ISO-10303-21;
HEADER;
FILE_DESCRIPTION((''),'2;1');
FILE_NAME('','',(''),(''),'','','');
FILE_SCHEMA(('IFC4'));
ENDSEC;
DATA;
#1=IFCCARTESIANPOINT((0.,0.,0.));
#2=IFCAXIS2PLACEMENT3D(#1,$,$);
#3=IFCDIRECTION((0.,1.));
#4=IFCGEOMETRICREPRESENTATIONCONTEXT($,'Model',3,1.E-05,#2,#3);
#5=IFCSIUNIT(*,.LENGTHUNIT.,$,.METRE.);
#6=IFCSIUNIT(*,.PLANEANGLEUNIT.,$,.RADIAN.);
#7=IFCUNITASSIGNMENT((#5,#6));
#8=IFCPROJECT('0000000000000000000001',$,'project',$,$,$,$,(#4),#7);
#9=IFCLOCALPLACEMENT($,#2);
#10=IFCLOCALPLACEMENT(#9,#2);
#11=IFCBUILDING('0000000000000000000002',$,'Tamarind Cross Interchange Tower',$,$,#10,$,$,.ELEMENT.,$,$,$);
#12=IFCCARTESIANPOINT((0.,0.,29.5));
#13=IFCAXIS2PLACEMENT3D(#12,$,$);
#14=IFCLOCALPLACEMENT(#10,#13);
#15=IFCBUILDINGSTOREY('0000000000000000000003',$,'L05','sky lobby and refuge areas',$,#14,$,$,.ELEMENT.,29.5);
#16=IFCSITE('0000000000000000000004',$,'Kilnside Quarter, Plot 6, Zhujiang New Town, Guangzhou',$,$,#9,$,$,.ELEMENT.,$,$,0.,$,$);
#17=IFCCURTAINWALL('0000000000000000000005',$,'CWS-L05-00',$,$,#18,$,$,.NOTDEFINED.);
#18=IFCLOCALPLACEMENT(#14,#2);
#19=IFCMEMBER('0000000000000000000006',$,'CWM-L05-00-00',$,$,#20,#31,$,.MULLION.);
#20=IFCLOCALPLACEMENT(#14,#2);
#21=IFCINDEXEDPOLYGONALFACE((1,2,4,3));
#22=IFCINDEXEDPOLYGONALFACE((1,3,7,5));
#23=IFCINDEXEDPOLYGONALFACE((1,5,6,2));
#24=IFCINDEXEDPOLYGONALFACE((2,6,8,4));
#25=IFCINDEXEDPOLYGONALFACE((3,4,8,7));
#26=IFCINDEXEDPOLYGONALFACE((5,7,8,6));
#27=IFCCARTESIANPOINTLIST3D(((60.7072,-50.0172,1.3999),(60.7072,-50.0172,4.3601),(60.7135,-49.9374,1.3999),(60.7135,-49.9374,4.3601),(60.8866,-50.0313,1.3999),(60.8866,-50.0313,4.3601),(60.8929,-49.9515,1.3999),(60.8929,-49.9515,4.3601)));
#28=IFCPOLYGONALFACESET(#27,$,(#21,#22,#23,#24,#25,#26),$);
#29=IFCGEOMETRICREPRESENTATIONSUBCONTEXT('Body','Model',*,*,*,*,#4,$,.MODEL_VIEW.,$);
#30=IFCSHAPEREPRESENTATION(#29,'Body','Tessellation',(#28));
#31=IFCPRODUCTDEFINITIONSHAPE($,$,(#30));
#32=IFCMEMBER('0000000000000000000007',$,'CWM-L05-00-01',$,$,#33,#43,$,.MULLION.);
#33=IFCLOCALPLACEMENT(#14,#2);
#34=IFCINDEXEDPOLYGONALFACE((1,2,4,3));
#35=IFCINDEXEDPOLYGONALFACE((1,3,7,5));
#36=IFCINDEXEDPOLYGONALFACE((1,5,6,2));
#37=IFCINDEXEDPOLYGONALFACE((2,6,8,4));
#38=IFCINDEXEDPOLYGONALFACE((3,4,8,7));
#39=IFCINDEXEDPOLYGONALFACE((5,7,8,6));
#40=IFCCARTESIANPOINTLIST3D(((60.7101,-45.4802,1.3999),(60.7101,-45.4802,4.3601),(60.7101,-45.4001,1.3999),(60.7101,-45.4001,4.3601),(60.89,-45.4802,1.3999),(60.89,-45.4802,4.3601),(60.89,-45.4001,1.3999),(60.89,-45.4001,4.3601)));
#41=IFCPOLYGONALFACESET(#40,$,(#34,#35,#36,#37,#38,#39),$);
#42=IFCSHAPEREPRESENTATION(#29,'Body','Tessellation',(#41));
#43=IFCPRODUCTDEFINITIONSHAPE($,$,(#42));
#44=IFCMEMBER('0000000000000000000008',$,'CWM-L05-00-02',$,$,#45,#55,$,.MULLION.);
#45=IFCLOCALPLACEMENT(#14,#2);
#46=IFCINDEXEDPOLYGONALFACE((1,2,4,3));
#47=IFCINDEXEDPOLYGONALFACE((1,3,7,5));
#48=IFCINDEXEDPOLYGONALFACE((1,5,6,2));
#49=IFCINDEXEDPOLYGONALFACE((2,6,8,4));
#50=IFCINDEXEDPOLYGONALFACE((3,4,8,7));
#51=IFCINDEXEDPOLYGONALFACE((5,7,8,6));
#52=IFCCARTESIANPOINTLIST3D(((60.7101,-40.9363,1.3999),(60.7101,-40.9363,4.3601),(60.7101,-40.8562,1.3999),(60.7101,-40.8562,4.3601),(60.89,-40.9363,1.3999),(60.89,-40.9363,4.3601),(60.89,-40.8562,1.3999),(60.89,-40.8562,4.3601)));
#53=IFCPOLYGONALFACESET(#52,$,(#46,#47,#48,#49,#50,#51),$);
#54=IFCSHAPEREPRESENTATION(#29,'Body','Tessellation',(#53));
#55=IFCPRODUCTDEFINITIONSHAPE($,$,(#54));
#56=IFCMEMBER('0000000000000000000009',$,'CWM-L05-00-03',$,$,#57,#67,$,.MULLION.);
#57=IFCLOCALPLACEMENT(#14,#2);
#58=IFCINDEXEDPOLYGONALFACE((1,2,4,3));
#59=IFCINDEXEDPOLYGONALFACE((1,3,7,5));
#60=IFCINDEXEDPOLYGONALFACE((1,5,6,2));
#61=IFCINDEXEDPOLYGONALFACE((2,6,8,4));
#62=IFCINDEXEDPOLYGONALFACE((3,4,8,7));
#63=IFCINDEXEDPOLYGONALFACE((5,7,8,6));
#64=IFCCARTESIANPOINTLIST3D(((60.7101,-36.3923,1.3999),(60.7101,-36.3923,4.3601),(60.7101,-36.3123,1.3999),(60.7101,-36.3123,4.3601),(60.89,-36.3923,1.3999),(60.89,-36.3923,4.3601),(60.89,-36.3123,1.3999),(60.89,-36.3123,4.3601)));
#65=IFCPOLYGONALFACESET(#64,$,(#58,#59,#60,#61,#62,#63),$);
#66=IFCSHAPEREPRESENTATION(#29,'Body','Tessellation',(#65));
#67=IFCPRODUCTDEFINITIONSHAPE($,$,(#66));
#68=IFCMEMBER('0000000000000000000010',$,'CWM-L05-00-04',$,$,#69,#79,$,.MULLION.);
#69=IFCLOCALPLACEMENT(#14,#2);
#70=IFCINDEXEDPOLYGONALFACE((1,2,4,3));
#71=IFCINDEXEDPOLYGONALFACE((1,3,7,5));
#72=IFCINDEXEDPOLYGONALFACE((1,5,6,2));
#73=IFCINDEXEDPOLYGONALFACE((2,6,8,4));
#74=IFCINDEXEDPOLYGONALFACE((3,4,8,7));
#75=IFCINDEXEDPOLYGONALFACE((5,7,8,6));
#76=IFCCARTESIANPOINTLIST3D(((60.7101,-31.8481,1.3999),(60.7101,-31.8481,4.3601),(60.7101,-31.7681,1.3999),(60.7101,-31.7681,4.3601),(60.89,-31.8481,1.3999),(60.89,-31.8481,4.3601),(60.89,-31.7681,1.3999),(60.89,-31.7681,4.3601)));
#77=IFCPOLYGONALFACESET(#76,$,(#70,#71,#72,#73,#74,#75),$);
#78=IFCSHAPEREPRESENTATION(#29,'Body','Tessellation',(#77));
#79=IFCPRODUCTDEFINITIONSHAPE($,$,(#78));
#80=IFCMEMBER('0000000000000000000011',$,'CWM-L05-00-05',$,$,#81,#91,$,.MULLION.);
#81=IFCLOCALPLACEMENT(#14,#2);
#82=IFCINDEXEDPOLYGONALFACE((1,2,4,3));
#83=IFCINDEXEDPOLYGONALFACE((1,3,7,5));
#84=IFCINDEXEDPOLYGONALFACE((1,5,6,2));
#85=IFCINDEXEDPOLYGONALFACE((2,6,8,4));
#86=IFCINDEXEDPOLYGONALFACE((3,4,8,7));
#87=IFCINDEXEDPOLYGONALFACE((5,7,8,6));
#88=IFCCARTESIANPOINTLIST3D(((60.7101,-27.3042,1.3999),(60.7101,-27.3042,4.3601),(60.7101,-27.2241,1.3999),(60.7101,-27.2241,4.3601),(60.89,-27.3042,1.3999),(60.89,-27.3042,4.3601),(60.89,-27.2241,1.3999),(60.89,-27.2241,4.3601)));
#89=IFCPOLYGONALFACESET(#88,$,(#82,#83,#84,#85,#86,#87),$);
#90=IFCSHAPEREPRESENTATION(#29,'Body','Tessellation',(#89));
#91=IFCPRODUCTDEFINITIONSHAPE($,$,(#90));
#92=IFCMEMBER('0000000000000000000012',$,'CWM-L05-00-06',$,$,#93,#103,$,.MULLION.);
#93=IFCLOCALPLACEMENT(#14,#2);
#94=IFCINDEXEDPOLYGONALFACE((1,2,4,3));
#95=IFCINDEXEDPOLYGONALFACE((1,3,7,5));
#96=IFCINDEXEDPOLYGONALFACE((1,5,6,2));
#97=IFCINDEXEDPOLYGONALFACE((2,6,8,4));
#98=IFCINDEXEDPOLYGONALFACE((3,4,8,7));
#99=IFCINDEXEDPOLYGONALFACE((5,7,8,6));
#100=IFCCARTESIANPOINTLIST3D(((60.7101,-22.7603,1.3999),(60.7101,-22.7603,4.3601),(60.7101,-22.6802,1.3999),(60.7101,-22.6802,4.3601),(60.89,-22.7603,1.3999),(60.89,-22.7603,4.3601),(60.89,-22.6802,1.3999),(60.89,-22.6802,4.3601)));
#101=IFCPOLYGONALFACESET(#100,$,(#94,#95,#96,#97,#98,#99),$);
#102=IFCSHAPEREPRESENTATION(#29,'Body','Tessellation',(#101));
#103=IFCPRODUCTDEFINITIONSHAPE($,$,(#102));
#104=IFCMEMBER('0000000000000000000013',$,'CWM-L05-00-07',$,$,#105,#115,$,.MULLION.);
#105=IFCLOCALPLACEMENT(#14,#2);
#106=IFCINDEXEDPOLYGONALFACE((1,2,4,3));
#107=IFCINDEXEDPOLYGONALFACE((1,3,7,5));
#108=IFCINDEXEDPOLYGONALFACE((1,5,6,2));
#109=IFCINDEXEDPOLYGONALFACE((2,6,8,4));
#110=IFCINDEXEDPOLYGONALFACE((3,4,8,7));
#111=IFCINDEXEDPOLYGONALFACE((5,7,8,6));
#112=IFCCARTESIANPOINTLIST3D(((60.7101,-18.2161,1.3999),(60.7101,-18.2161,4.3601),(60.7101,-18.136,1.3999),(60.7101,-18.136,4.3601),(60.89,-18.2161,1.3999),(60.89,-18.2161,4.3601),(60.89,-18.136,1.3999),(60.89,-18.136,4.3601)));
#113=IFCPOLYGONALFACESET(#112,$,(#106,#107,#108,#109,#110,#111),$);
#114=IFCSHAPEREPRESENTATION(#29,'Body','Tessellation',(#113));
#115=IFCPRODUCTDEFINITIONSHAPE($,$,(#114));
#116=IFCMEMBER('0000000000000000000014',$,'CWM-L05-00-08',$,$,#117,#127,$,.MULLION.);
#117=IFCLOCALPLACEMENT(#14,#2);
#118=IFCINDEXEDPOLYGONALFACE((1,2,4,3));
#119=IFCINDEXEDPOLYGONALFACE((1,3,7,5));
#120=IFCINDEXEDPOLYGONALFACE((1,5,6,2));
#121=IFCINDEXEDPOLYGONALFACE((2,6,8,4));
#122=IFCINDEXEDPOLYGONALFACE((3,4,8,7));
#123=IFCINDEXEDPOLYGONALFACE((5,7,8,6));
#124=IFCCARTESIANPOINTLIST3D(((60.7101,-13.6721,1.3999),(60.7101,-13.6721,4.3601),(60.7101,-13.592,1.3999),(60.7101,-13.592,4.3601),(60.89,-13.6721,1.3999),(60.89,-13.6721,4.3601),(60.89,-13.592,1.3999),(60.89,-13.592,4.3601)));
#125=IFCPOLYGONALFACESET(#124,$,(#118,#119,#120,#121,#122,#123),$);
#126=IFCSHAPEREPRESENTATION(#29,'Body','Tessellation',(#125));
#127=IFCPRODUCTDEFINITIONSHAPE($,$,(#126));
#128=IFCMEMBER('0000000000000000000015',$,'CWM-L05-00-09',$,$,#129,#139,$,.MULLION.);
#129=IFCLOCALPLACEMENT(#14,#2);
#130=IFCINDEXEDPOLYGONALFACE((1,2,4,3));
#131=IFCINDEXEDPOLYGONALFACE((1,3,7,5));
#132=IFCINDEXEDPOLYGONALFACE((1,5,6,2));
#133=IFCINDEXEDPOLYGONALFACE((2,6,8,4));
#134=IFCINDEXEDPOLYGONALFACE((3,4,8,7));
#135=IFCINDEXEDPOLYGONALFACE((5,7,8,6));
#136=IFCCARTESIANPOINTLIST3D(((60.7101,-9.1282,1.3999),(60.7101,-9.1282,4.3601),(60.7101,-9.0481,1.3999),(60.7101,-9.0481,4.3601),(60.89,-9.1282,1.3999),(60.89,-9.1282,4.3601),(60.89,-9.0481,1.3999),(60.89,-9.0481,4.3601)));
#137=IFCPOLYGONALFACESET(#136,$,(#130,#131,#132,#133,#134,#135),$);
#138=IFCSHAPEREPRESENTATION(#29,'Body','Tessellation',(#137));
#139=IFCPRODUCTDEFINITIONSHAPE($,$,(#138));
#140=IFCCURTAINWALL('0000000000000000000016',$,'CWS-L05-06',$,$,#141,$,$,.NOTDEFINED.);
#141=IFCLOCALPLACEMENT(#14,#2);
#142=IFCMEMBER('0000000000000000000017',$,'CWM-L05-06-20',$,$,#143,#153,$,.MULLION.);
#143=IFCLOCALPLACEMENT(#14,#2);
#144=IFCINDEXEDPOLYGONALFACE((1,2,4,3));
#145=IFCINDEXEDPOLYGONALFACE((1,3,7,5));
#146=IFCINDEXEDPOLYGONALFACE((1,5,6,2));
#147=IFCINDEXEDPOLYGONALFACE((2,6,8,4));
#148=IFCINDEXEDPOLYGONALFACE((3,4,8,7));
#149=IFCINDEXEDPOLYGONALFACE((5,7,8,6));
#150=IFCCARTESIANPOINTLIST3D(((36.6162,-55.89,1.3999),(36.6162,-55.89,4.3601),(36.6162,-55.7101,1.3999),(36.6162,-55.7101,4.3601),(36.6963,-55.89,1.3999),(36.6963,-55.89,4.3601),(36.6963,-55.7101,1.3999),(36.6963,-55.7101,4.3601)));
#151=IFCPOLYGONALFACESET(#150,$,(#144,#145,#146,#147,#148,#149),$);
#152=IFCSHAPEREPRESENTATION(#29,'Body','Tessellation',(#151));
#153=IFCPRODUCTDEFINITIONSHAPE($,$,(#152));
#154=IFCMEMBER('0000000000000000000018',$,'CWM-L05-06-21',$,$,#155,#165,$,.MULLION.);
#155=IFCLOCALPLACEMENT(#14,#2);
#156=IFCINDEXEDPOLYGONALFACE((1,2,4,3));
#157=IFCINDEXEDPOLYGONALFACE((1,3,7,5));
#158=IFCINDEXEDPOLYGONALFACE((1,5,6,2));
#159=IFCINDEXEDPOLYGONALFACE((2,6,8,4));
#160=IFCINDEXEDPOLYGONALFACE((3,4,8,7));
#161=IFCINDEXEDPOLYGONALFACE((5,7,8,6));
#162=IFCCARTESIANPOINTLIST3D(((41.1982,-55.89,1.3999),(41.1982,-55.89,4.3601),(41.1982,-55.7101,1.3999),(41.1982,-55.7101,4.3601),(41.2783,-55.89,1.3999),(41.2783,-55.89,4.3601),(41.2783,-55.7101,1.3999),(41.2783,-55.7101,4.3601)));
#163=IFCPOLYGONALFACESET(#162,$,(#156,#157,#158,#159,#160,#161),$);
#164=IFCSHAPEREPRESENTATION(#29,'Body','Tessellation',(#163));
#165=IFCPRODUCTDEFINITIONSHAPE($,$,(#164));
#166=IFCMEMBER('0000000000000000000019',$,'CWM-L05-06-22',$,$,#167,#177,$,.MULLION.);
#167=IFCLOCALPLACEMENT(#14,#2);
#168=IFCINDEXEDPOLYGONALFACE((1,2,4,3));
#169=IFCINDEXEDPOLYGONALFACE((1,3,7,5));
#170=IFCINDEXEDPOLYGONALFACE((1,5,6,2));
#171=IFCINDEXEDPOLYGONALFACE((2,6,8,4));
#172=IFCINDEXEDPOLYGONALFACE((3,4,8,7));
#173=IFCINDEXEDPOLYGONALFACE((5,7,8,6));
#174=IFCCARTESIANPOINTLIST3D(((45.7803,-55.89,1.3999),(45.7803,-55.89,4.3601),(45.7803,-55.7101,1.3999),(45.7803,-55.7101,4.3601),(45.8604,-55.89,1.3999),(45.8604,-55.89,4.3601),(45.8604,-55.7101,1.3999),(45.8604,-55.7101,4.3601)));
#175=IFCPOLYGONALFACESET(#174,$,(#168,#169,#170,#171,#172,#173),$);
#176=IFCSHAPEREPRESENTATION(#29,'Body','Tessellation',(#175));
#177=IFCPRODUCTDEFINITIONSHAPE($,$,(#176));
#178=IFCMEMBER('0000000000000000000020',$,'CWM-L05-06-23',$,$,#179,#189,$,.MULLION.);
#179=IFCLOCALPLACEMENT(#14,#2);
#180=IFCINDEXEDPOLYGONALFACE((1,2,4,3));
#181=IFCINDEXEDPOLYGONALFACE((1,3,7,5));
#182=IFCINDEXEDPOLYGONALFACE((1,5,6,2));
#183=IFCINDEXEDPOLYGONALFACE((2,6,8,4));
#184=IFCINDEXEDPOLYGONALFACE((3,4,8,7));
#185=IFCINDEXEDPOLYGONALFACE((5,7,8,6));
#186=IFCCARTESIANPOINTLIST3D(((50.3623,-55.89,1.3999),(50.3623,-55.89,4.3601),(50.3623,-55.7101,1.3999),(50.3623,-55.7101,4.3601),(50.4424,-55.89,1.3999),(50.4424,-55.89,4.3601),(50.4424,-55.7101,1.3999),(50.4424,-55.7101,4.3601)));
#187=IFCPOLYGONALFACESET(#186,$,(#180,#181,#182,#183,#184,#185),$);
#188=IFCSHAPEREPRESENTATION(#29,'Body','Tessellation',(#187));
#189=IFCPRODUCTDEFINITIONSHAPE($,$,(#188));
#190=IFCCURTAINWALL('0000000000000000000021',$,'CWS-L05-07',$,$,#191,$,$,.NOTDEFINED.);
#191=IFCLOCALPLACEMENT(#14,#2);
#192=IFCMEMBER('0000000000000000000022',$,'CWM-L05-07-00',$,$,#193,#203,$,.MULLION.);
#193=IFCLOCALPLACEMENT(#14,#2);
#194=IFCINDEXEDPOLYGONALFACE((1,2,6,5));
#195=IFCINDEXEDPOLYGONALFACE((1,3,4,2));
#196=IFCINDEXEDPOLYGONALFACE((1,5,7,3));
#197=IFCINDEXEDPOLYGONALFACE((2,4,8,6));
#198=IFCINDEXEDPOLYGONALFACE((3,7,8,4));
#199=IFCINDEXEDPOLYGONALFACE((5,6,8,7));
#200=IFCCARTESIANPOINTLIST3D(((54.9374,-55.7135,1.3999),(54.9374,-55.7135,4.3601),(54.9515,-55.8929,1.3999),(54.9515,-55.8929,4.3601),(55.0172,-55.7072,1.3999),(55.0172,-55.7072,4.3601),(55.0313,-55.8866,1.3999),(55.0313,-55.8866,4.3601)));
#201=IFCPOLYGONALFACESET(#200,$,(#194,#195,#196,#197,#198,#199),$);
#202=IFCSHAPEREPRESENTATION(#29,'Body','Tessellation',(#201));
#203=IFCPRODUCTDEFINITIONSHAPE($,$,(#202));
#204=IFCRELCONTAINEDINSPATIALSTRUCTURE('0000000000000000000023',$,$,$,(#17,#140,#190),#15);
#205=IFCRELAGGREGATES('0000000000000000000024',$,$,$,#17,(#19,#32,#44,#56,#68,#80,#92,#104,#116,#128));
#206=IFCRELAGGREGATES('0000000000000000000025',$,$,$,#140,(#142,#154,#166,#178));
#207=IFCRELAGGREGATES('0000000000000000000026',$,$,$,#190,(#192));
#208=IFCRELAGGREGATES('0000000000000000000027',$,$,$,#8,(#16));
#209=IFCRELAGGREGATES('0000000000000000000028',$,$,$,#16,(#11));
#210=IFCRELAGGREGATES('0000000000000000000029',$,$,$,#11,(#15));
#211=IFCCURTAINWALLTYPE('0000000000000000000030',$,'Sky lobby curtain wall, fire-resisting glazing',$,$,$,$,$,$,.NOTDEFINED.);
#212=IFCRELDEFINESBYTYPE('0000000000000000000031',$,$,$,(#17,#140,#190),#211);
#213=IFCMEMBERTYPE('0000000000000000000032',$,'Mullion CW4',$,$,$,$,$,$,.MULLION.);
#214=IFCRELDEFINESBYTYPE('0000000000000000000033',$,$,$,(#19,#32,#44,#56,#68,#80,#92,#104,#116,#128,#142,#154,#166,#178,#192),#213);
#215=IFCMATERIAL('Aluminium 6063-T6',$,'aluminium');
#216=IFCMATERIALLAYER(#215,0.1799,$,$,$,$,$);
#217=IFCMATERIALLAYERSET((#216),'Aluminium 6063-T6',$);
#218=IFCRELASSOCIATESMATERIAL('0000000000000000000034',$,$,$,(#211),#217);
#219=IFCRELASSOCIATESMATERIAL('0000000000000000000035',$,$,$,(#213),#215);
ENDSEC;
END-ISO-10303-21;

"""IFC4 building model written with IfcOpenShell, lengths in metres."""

from ifc_helpers import new_model, si_unit, direction, frame, origin, origin_2d, place, context, subcontext, project, spatial, rectangle, extrude, material, layer, layer_set, material_profile, profile_set, type_object, element, aggregate, save


model = new_model("IFC4")

# Units and contexts
model_context = context("Model", 3, precision=1e-05, world=origin(), true_north=direction((0.0, 1.0)))
body_context = subcontext(model_context, "Body", "Model", "MODEL_VIEW")
ifc_project = project(units=[si_unit("LENGTHUNIT", "METRE"), si_unit("PLANEANGLEUNIT", "RADIAN")], contexts=[model_context])

# Site, building, storey
site_placement = place(None, origin())
site = spatial("IfcSite", under=ifc_project, at=site_placement, Name="Kilnside Quarter, Plot 6, Zhujiang New Town, Guangzhou", CompositionType="ELEMENT", RefElevation=0.0)
building_placement = place(site_placement, origin())
building = spatial("IfcBuilding", under=site, at=building_placement, Name="Tamarind Cross Interchange Tower", CompositionType="ELEMENT")
storey_placement = place(building_placement, frame((0.0, 0.0, 29.5)))
storey = spatial("IfcBuildingStorey", under=building, at=storey_placement, Name="L05", Description="sky lobby and refuge areas", CompositionType="ELEMENT", Elevation=29.5)

# Curtain walls, members
ifc_material_1 = material(Name="Aluminium 6063-T6", Category="aluminium")
ifc_layer_1 = layer(ifc_material_1, 0.1799)
ifc_layer_set_1 = layer_set([ifc_layer_1], Name="Aluminium 6063-T6")
curtain_wall_type = type_object("IfcCurtainWallType", Name="Sky lobby curtain wall, fire-resisting glazing", PredefinedType="NOTDEFINED", material=ifc_layer_set_1)
curtain_wall_1_placement = place(storey_placement, origin())
curtain_wall_1 = element("IfcCurtainWall", 1, at=curtain_wall_1_placement, inside=storey, type_object=curtain_wall_type, Name="CWS-L05-00", PredefinedType="NOTDEFINED")
ifc_material_profile = material_profile(ifc_material_1, rectangle(XDim=0.0801, YDim=0.1799, at=origin_2d()), Name="Mullion CW4")
ifc_profile_set = profile_set([ifc_material_profile], Name="Aluminium 6063-T6")
member_type = type_object("IfcMemberType", Name="Mullion CW4", PredefinedType="MULLION", material=ifc_profile_set)
member_1_placement = place(storey_placement, frame((60.8, -49.9844, 1.3999), z_axis=(0.0, 0.0, 1.0), x_axis=(0.078459, 0.996917, 0.0)))
member_1 = element("IfcMember", 2, at=member_1_placement, type_object=member_type, Name="CWM-L05-00-00", PredefinedType="MULLION", context=body_context, shape_type="SweptSolid", body=[
    extrude(rectangle(XDim=0.0801, YDim=0.1799, at=origin_2d()), origin(), (0.0, 0.0, 1.0), 2.9602),
])
member_2_placement = place(storey_placement, frame((60.8, -45.4402, 1.3999), z_axis=(0.0, 0.0, 1.0), x_axis=(0.0, 1.0, 0.0)))
member_2 = element("IfcMember", 3, at=member_2_placement, type_object=member_type, Name="CWM-L05-00-01", PredefinedType="MULLION", context=body_context, shape_type="SweptSolid", body=[
    extrude(rectangle(XDim=0.0801, YDim=0.1799, at=origin_2d()), origin(), (0.0, 0.0, 1.0), 2.9602),
])
member_3_placement = place(storey_placement, frame((60.8, -40.8962, 1.3999), z_axis=(0.0, 0.0, 1.0), x_axis=(0.0, 1.0, 0.0)))
member_3 = element("IfcMember", 4, at=member_3_placement, type_object=member_type, Name="CWM-L05-00-02", PredefinedType="MULLION", context=body_context, shape_type="SweptSolid", body=[
    extrude(rectangle(XDim=0.0801, YDim=0.1799, at=origin_2d()), origin(), (0.0, 0.0, 1.0), 2.9602),
])
member_4_placement = place(storey_placement, frame((60.8, -36.3523, 1.3999), z_axis=(0.0, 0.0, 1.0), x_axis=(0.0, 1.0, 0.0)))
member_4 = element("IfcMember", 5, at=member_4_placement, type_object=member_type, Name="CWM-L05-00-03", PredefinedType="MULLION", context=body_context, shape_type="SweptSolid", body=[
    extrude(rectangle(XDim=0.0801, YDim=0.1799, at=origin_2d()), origin(), (0.0, 0.0, 1.0), 2.9602),
])
member_5_placement = place(storey_placement, frame((60.8, -31.8081, 1.3999), z_axis=(0.0, 0.0, 1.0), x_axis=(0.0, 1.0, 0.0)))
member_5 = element("IfcMember", 6, at=member_5_placement, type_object=member_type, Name="CWM-L05-00-04", PredefinedType="MULLION", context=body_context, shape_type="SweptSolid", body=[
    extrude(rectangle(XDim=0.0801, YDim=0.1799, at=origin_2d()), origin(), (0.0, 0.0, 1.0), 2.9602),
])
member_6_placement = place(storey_placement, frame((60.8, -27.2642, 1.3999), z_axis=(0.0, 0.0, 1.0), x_axis=(0.0, 1.0, 0.0)))
member_6 = element("IfcMember", 7, at=member_6_placement, type_object=member_type, Name="CWM-L05-00-05", PredefinedType="MULLION", context=body_context, shape_type="SweptSolid", body=[
    extrude(rectangle(XDim=0.0801, YDim=0.1799, at=origin_2d()), origin(), (0.0, 0.0, 1.0), 2.9602),
])
member_7_placement = place(storey_placement, frame((60.8, -22.7202, 1.3999), z_axis=(0.0, 0.0, 1.0), x_axis=(0.0, 1.0, 0.0)))
member_7 = element("IfcMember", 8, at=member_7_placement, type_object=member_type, Name="CWM-L05-00-06", PredefinedType="MULLION", context=body_context, shape_type="SweptSolid", body=[
    extrude(rectangle(XDim=0.0801, YDim=0.1799, at=origin_2d()), origin(), (0.0, 0.0, 1.0), 2.9602),
])
member_8_placement = place(storey_placement, frame((60.8, -18.176, 1.3999), z_axis=(0.0, 0.0, 1.0), x_axis=(0.0, 1.0, 0.0)))
member_8 = element("IfcMember", 9, at=member_8_placement, type_object=member_type, Name="CWM-L05-00-07", PredefinedType="MULLION", context=body_context, shape_type="SweptSolid", body=[
    extrude(rectangle(XDim=0.0801, YDim=0.1799, at=origin_2d()), origin(), (0.0, 0.0, 1.0), 2.9602),
])
member_9_placement = place(storey_placement, frame((60.8, -13.6321, 1.3999), z_axis=(0.0, 0.0, 1.0), x_axis=(0.0, 1.0, 0.0)))
member_9 = element("IfcMember", 10, at=member_9_placement, type_object=member_type, Name="CWM-L05-00-08", PredefinedType="MULLION", context=body_context, shape_type="SweptSolid", body=[
    extrude(rectangle(XDim=0.0801, YDim=0.1799, at=origin_2d()), origin(), (0.0, 0.0, 1.0), 2.9602),
])
member_10_placement = place(storey_placement, frame((60.8, -9.0881, 1.3999), z_axis=(0.0, 0.0, 1.0), x_axis=(0.0, 1.0, 0.0)))
member_10 = element("IfcMember", 11, at=member_10_placement, type_object=member_type, Name="CWM-L05-00-09", PredefinedType="MULLION", context=body_context, shape_type="SweptSolid", body=[
    extrude(rectangle(XDim=0.0801, YDim=0.1799, at=origin_2d()), origin(), (0.0, 0.0, 1.0), 2.9602),
])
aggregate(curtain_wall_1, [member_1, member_2, member_3, member_4, member_5, member_6, member_7, member_8, member_9, member_10])
curtain_wall_2_placement = place(storey_placement, origin())
curtain_wall_2 = element("IfcCurtainWall", 12, at=curtain_wall_2_placement, inside=storey, type_object=curtain_wall_type, Name="CWS-L05-06", PredefinedType="NOTDEFINED")
member_11_placement = place(storey_placement, frame((36.6562, -55.8, 1.3999), z_axis=(0.0, 0.0, 1.0), x_axis=(1.0, 0.0, 0.0)))
member_11 = element("IfcMember", 13, at=member_11_placement, type_object=member_type, Name="CWM-L05-06-20", PredefinedType="MULLION", context=body_context, shape_type="SweptSolid", body=[
    extrude(rectangle(XDim=0.0801, YDim=0.1799, at=origin_2d()), origin(), (0.0, 0.0, 1.0), 2.9602),
])
member_12_placement = place(storey_placement, frame((41.2383, -55.8, 1.3999), z_axis=(0.0, 0.0, 1.0), x_axis=(1.0, 0.0, 0.0)))
member_12 = element("IfcMember", 14, at=member_12_placement, type_object=member_type, Name="CWM-L05-06-21", PredefinedType="MULLION", context=body_context, shape_type="SweptSolid", body=[
    extrude(rectangle(XDim=0.0801, YDim=0.1799, at=origin_2d()), origin(), (0.0, 0.0, 1.0), 2.9602),
])
member_13_placement = place(storey_placement, frame((45.8203, -55.8, 1.3999), z_axis=(0.0, 0.0, 1.0), x_axis=(1.0, 0.0, 0.0)))
member_13 = element("IfcMember", 15, at=member_13_placement, type_object=member_type, Name="CWM-L05-06-22", PredefinedType="MULLION", context=body_context, shape_type="SweptSolid", body=[
    extrude(rectangle(XDim=0.0801, YDim=0.1799, at=origin_2d()), origin(), (0.0, 0.0, 1.0), 2.9602),
])
member_14_placement = place(storey_placement, frame((50.4023, -55.8, 1.3999), z_axis=(0.0, 0.0, 1.0), x_axis=(1.0, 0.0, 0.0)))
member_14 = element("IfcMember", 16, at=member_14_placement, type_object=member_type, Name="CWM-L05-06-23", PredefinedType="MULLION", context=body_context, shape_type="SweptSolid", body=[
    extrude(rectangle(XDim=0.0801, YDim=0.1799, at=origin_2d()), origin(), (0.0, 0.0, 1.0), 2.9602),
])
aggregate(curtain_wall_2, [member_11, member_12, member_13, member_14])
curtain_wall_3_placement = place(storey_placement, origin())
curtain_wall_3 = element("IfcCurtainWall", 17, at=curtain_wall_3_placement, inside=storey, type_object=curtain_wall_type, Name="CWS-L05-07", PredefinedType="NOTDEFINED")
member_15_placement = place(storey_placement, frame((54.9844, -55.8, 1.3999), z_axis=(0.0, 0.0, 1.0), x_axis=(0.996917, 0.078459, 0.0)))
member_15 = element("IfcMember", 18, at=member_15_placement, type_object=member_type, Name="CWM-L05-07-00", PredefinedType="MULLION", context=body_context, shape_type="SweptSolid", body=[
    extrude(rectangle(XDim=0.0801, YDim=0.1799, at=origin_2d()), origin(), (0.0, 0.0, 1.0), 2.9602),
])
aggregate(curtain_wall_3, [member_15])

save(model, "model.ifc")
